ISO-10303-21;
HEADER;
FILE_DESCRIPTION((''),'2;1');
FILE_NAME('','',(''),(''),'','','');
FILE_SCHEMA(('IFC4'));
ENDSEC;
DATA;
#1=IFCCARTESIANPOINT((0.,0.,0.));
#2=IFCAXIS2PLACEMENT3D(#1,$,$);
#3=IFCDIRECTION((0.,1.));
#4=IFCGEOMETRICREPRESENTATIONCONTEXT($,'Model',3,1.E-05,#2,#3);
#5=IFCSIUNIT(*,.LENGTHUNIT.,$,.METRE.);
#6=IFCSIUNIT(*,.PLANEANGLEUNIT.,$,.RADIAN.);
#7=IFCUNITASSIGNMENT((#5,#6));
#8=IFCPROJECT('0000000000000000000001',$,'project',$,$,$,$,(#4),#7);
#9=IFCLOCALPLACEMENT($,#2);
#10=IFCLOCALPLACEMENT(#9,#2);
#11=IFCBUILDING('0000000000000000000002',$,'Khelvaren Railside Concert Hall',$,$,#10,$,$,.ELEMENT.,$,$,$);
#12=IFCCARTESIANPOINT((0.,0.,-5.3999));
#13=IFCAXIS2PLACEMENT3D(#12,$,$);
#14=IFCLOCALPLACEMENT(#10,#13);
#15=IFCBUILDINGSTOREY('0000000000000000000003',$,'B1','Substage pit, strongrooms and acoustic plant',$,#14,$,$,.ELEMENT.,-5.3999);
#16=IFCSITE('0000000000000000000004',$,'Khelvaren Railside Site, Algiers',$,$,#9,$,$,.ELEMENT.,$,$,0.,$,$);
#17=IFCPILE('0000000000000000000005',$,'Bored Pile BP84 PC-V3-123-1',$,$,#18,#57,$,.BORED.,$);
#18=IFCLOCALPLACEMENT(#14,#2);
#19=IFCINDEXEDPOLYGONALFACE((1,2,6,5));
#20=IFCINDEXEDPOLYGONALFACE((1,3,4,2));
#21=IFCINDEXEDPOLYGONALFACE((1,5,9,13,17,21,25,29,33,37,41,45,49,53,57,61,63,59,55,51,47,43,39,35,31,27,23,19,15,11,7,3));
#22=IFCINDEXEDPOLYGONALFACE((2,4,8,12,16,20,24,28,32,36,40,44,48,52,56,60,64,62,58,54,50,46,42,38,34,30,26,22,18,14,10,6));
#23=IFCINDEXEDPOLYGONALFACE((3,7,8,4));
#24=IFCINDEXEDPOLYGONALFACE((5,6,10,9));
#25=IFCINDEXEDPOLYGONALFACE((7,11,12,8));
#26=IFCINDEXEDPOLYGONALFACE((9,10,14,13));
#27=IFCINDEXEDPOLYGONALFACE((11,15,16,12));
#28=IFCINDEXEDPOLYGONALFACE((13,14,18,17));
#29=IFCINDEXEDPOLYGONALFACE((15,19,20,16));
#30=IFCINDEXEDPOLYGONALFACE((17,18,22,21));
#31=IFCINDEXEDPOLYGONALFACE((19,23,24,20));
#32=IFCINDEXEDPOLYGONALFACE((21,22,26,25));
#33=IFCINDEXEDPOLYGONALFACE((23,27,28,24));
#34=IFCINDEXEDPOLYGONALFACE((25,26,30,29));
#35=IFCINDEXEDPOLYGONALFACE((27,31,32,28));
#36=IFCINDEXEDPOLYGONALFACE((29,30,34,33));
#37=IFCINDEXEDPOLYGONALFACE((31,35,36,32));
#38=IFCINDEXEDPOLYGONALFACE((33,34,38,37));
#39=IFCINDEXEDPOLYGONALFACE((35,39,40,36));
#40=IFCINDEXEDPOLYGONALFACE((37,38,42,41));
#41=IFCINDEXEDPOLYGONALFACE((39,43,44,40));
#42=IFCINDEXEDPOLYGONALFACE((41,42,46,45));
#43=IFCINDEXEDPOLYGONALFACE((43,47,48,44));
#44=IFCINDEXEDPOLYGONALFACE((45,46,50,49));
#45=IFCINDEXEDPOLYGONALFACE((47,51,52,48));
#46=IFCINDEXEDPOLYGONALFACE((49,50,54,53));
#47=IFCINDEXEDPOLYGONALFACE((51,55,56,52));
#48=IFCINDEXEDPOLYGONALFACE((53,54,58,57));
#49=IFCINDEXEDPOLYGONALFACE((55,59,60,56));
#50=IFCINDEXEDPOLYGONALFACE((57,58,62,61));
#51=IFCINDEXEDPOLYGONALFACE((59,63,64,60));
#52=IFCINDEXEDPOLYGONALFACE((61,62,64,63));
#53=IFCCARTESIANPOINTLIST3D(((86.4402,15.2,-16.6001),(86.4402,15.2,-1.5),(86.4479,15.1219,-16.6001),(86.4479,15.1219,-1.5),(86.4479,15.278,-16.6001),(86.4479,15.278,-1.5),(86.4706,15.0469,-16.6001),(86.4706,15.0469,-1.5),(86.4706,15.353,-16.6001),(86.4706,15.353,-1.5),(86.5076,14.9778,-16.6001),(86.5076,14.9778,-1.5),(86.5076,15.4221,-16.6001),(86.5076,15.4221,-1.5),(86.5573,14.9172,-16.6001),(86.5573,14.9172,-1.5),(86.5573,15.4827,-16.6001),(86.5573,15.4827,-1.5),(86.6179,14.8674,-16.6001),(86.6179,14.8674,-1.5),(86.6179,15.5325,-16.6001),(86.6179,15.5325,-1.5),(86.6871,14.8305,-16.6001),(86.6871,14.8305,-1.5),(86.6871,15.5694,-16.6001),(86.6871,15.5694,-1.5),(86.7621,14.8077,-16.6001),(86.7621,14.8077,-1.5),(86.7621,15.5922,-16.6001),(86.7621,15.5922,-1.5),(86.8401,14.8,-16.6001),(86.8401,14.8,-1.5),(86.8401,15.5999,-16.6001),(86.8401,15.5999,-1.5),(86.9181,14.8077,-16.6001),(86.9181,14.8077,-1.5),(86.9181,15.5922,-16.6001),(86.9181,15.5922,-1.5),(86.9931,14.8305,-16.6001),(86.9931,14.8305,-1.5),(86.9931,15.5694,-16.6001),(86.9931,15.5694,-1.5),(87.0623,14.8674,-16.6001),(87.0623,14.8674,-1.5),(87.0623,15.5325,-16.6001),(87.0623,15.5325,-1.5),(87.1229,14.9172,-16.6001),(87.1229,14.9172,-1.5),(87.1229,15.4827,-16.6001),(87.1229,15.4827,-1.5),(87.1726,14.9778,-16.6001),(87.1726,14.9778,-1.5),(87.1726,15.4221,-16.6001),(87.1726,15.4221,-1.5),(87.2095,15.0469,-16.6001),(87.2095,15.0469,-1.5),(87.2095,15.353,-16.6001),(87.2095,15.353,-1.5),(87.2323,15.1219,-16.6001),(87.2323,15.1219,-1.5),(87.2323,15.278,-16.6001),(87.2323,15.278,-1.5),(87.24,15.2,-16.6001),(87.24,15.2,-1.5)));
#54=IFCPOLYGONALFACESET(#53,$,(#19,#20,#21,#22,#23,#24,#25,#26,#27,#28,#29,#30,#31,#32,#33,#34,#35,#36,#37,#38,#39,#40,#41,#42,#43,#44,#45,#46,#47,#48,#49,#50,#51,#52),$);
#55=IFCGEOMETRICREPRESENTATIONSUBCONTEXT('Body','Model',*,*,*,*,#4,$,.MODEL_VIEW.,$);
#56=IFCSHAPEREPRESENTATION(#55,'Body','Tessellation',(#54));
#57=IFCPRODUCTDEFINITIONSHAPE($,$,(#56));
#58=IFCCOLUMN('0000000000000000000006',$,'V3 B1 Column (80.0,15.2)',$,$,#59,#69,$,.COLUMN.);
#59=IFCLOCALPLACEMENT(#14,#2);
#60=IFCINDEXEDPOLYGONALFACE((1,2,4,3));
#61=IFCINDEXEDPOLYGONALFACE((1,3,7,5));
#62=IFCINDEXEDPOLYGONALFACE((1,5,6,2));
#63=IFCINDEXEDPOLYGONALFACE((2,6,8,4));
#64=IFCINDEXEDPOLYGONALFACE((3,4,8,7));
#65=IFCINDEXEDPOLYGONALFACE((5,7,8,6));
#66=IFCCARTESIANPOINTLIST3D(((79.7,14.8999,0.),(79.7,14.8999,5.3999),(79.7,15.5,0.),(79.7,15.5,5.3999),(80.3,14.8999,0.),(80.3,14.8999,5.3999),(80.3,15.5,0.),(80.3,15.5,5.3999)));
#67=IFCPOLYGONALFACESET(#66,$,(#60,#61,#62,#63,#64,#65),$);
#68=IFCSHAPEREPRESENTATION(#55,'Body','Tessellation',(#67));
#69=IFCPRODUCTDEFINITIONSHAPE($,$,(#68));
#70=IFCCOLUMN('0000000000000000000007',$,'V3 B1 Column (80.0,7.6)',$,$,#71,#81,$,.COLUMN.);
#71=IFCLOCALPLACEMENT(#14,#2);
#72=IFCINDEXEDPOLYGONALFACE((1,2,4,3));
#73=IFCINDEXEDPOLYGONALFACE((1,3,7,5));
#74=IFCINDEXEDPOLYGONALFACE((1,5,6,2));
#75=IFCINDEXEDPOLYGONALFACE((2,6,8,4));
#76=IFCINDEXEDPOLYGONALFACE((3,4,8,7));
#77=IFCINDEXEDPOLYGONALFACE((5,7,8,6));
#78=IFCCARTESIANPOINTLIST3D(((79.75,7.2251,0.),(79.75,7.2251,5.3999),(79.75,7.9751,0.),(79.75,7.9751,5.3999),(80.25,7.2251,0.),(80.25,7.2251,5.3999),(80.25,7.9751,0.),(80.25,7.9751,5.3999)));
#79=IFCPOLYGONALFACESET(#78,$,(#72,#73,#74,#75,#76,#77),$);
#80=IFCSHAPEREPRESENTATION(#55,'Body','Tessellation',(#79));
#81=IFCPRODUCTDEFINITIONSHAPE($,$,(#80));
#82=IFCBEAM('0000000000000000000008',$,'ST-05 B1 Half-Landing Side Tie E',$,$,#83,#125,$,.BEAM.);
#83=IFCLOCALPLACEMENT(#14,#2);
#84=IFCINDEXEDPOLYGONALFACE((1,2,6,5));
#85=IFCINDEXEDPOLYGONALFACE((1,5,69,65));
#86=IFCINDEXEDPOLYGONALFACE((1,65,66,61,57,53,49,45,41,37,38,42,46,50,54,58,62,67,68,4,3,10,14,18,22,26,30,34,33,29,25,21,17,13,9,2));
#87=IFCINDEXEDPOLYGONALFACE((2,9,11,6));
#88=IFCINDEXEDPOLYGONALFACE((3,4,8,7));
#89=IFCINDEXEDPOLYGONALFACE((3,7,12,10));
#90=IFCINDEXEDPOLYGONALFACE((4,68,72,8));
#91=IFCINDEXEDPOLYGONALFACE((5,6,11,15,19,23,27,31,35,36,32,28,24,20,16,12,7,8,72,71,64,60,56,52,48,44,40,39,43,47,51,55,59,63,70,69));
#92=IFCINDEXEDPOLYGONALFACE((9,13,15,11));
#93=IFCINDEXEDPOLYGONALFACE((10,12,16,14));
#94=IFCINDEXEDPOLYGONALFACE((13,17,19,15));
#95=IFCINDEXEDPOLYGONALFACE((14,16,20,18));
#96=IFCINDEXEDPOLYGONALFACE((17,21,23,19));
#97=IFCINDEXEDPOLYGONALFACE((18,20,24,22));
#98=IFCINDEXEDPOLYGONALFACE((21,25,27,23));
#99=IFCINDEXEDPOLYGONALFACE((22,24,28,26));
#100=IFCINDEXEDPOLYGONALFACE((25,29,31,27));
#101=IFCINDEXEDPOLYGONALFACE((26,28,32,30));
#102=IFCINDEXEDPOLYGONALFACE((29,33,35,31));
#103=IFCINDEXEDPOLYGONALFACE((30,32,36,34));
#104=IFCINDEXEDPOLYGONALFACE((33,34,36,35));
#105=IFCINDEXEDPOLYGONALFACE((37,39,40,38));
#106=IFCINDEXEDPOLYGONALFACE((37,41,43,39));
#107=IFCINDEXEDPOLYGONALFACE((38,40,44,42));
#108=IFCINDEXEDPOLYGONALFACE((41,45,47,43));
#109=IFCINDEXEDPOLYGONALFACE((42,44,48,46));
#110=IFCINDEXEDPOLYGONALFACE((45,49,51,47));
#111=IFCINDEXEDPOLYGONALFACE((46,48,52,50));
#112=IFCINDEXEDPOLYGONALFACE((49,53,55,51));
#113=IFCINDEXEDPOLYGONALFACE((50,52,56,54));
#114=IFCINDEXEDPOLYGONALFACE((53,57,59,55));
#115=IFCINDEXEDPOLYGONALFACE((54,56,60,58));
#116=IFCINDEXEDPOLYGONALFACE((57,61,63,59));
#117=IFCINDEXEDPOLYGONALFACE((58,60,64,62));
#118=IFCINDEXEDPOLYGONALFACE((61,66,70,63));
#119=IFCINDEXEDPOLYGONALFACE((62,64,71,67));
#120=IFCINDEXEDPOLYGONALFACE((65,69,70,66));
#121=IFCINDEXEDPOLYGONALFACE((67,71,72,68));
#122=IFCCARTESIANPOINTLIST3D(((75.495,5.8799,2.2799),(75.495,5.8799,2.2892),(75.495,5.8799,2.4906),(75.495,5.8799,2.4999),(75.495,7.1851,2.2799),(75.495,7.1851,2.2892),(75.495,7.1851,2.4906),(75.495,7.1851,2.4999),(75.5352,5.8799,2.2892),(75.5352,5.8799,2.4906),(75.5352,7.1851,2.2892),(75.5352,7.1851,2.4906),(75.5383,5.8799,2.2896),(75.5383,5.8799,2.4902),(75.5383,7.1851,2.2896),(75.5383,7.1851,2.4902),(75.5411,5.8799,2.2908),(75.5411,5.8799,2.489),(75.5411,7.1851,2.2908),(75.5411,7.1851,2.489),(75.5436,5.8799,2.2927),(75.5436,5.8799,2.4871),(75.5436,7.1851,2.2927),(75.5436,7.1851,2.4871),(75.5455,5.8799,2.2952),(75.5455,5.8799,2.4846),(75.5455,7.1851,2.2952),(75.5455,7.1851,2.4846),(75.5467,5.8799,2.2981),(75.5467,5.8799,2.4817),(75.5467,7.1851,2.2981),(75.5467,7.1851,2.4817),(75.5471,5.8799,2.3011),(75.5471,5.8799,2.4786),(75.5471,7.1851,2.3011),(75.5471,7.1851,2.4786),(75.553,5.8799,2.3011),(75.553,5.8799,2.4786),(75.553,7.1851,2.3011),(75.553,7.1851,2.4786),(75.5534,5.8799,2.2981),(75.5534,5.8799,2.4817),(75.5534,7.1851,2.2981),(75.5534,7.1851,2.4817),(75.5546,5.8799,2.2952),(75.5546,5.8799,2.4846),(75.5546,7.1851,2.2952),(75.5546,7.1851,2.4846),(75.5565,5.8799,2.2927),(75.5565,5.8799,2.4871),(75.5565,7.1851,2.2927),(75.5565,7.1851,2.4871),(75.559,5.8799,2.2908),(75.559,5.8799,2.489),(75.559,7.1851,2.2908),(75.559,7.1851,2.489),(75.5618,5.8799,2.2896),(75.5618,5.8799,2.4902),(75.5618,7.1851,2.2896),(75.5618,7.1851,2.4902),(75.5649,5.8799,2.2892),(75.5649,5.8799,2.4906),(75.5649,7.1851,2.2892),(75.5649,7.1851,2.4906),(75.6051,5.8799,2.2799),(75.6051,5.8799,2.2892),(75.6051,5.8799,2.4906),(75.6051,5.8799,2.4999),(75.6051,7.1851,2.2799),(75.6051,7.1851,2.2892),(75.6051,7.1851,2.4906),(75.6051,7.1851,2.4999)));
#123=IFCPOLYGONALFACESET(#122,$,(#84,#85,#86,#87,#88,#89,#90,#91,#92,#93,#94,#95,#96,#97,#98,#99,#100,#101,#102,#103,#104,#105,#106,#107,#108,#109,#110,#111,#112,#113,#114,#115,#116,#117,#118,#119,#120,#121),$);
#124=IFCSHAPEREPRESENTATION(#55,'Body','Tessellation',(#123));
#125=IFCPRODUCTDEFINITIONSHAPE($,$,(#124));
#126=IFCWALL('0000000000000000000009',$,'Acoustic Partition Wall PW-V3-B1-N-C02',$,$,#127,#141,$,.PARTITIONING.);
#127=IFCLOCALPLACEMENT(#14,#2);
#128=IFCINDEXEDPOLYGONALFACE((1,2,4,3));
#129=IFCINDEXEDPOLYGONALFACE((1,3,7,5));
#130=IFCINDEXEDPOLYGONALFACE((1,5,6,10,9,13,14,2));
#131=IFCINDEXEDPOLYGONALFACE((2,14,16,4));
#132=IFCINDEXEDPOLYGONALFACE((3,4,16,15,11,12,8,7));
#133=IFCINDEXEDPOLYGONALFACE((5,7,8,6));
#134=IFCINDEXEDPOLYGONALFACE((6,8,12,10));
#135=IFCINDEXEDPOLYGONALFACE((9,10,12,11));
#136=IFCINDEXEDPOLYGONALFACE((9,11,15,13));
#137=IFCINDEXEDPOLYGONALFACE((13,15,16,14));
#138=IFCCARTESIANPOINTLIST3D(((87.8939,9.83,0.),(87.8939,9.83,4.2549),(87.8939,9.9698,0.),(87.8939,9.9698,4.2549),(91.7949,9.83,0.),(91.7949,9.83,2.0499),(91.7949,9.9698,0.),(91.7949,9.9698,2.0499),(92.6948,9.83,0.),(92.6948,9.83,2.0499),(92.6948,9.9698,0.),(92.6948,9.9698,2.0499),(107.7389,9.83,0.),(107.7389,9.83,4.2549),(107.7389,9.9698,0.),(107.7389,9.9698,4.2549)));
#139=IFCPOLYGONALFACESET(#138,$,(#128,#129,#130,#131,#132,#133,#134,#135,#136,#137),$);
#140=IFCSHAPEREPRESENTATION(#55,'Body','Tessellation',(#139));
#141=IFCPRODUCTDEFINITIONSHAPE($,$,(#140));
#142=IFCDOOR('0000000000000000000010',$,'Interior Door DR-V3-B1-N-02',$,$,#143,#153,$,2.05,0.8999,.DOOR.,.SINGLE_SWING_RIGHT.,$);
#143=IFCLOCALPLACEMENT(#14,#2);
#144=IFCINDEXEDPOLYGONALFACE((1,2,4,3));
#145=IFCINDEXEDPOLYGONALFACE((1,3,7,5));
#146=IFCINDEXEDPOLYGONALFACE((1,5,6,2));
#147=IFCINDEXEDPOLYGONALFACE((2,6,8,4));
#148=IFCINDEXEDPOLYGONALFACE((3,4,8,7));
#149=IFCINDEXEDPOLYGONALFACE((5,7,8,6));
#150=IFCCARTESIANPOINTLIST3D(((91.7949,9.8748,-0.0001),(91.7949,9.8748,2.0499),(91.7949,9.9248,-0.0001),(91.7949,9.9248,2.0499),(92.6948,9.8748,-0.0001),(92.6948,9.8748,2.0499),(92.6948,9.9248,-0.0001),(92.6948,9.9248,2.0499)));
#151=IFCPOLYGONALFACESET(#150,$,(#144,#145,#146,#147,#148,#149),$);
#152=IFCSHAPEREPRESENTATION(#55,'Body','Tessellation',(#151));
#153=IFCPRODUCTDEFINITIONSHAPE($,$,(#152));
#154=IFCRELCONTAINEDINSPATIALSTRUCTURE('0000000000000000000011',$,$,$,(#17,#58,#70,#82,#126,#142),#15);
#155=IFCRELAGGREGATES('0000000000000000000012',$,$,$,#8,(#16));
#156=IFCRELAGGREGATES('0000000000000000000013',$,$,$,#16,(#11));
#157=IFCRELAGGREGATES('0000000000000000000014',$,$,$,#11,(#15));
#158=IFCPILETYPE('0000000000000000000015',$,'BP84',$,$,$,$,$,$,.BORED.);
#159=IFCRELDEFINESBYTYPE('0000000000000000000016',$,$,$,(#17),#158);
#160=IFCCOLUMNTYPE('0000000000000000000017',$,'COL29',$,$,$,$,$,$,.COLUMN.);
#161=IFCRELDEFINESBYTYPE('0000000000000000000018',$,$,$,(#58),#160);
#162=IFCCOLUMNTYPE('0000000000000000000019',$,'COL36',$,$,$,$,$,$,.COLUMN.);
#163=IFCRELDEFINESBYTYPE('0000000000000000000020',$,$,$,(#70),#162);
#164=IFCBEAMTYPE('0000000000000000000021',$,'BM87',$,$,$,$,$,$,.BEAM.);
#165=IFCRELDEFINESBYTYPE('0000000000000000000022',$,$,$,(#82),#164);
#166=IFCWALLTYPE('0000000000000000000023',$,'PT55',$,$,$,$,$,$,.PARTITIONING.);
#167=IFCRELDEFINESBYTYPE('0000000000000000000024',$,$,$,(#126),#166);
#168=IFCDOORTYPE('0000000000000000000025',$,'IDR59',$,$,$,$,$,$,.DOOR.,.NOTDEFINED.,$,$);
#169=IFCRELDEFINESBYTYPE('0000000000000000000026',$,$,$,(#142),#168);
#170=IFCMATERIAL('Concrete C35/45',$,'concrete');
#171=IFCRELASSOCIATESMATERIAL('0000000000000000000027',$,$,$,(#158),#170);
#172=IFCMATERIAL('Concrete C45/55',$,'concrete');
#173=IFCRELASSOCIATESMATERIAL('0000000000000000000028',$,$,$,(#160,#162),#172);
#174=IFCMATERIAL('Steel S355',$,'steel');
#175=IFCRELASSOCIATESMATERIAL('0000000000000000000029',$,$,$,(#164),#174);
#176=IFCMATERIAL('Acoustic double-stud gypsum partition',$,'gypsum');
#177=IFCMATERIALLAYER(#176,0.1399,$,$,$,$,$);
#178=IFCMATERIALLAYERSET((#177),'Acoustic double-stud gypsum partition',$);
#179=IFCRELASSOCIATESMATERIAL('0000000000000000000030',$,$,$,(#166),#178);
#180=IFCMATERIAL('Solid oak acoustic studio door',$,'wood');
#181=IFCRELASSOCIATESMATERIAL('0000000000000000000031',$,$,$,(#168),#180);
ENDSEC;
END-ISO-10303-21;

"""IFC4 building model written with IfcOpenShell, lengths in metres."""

from ifc_helpers import new_model, si_unit, direction, frame, frame_2d, origin, origin_2d, place, context, subcontext, project, spatial, rectangle, circle, i_section, extrude, material, layer, layer_set, material_profile, profile_set, type_object, element, fill, save


model = new_model("IFC4")

# Units and contexts
model_context = context("Model", 3, precision=1e-05, world=origin(), true_north=direction((0.0, 1.0)))
body_context = subcontext(model_context, "Body", "Model", "MODEL_VIEW")
ifc_project = project(units=[si_unit("LENGTHUNIT", "METRE"), si_unit("PLANEANGLEUNIT", "RADIAN")], contexts=[model_context])

# Site, building, storey
site_placement = place(None, origin())
site = spatial("IfcSite", under=ifc_project, at=site_placement, Name="Khelvaren Railside Site, Algiers", CompositionType="ELEMENT", RefElevation=0.0)
building_placement = place(site_placement, origin())
building = spatial("IfcBuilding", under=site, at=building_placement, Name="Khelvaren Railside Concert Hall", CompositionType="ELEMENT")
storey_placement = place(building_placement, frame((0.0, 0.0, -5.3999)))
storey = spatial("IfcBuildingStorey", under=building, at=storey_placement, Name="B1", Description="Substage pit, strongrooms and acoustic plant", CompositionType="ELEMENT", Elevation=-5.3999)

# Pile
ifc_material_1 = material(Name="Concrete C35/45", Category="concrete")
ifc_material_profile_1 = material_profile(ifc_material_1, circle(Radius=0.3999, at=origin_2d()), Name="BP D800")
ifc_profile_set_1 = profile_set([ifc_material_profile_1], Name="Concrete C35/45")
pile_type_1 = type_object("IfcPileType", Name="BP84", PredefinedType="BORED", material=ifc_profile_set_1)
pile_1_placement = place(storey_placement, frame((86.8401, 15.2, -1.5), z_axis=(0.0, 0.0, -1.0), x_axis=(1.0, 0.0, 0.0)))
element("IfcPile", 1, at=pile_1_placement, inside=storey, type_object=pile_type_1, Name="Bored Pile BP84 PC-V3-123-1", PredefinedType="BORED", context=body_context, shape_type="SweptSolid", body=[
    extrude(circle(Radius=0.3999, at=origin_2d()), origin(), (0.0, 0.0, 1.0), 15.1001),
])

# Columns
ifc_material_2 = material(Name="Concrete C45/55", Category="concrete")
ifc_material_profile_2 = material_profile(ifc_material_2, rectangle(XDim=0.6001, YDim=0.6001, at=origin_2d()), Name="RC 600x600")
ifc_profile_set_2 = profile_set([ifc_material_profile_2], Name="Concrete C45/55")
column_type_1 = type_object("IfcColumnType", Name="COL29", PredefinedType="COLUMN", material=ifc_profile_set_2)
column_1_placement = place(storey_placement, frame((80.0, 15.2, 0.0), z_axis=(0.0, 0.0, 1.0), x_axis=(1.0, 0.0, 0.0)))
element("IfcColumn", 2, at=column_1_placement, inside=storey, type_object=column_type_1, Name="V3 B1 Column (80.0,15.2)", PredefinedType="COLUMN", context=body_context, shape_type="SweptSolid", body=[
    extrude(rectangle(XDim=0.6001, YDim=0.6001, at=origin_2d()), origin(), (0.0, 0.0, 1.0), 5.3999),
])
ifc_material_profile_3 = material_profile(ifc_material_2, rectangle(XDim=0.5, YDim=0.75, at=origin_2d()), Name="RC 500x750")
ifc_profile_set_3 = profile_set([ifc_material_profile_3], Name="Concrete C45/55")
column_type_2 = type_object("IfcColumnType", Name="COL36", PredefinedType="COLUMN", material=ifc_profile_set_3)
column_2_placement = place(storey_placement, frame((80.0, 7.6001, 0.0), z_axis=(0.0, 0.0, 1.0), x_axis=(1.0, 0.0, 0.0)))
element("IfcColumn", 3, at=column_2_placement, inside=storey, type_object=column_type_2, Name="V3 B1 Column (80.0,7.6)", PredefinedType="COLUMN", context=body_context, shape_type="SweptSolid", body=[
    extrude(rectangle(XDim=0.5, YDim=0.75, at=origin_2d()), origin(), (0.0, 0.0, 1.0), 5.3999),
])

# Beam
ifc_material_3 = material(Name="Steel S355", Category="steel")
ifc_material_profile_4 = material_profile(ifc_material_3, i_section(OverallWidth=0.1101, OverallDepth=0.22, WebThickness=0.0059, FlangeThickness=0.0093, FilletRadius=0.012, at=origin_2d()), Name="IPE 220")
ifc_profile_set_4 = profile_set([ifc_material_profile_4], Name="Steel S355")
beam_type = type_object("IfcBeamType", Name="BM87", PredefinedType="BEAM", material=ifc_profile_set_4)
beam_placement = place(storey_placement, frame((75.55, 5.8799, 2.3899), z_axis=(0.0, 1.0, 0.0), x_axis=(-1.0, 0.0, 0.0)))
element("IfcBeam", 4, at=beam_placement, inside=storey, type_object=beam_type, Name="ST-05 B1 Half-Landing Side Tie E", PredefinedType="BEAM", context=body_context, shape_type="SweptSolid", body=[
    extrude(i_section(OverallWidth=0.1101, OverallDepth=0.22, WebThickness=0.0059, FlangeThickness=0.0093, FilletRadius=0.012, at=origin_2d()), origin(), (0.0, 0.0, 1.0), 1.3052),
])

# Wall, opening, door
ifc_material_4 = material(Name="Acoustic double-stud gypsum partition", Category="gypsum")
ifc_layer_1 = layer(ifc_material_4, 0.1399)
ifc_layer_set_1 = layer_set([ifc_layer_1], Name="Acoustic double-stud gypsum partition")
wall_type_1 = type_object("IfcWallType", Name="PT55", PredefinedType="PARTITIONING", material=ifc_layer_set_1)
wall_1_placement = place(storey_placement, frame((87.894, 9.8999, 0.0), z_axis=(0.0, 0.0, 1.0), x_axis=(1.0, 0.0, 0.0)))
wall_1 = element("IfcWall", 5, at=wall_1_placement, inside=storey, type_object=wall_type_1, Name="Acoustic Partition Wall PW-V3-B1-N-C02", PredefinedType="PARTITIONING", context=body_context, shape_type="SweptSolid", body=[
    extrude(rectangle(XDim=19.845, YDim=0.1399, at=frame_2d((9.9224, 0.0))), origin(), (0.0, 0.0, 1.0), 4.2549),
])
opening_1_placement = place(wall_1_placement, frame((3.9009, 0.0, 0.0)))
opening_1 = element("IfcOpeningElement", 6, at=opening_1_placement, cuts=wall_1, PredefinedType="OPENING", context=body_context, shape_type="SweptSolid", body=[
    extrude(rectangle(XDim=0.8999, YDim=2.05, at=frame_2d((0.45, 1.0249))), frame((0.0, 0.0798, 0.0), z_axis=(0.0, -1.0, 0.0), x_axis=(1.0, 0.0, 0.0)), (0.0, 0.0, 1.0), 0.1599),
])
ifc_material_5 = material(Name="Solid oak acoustic studio door", Category="wood")
door_type_1 = type_object("IfcDoorType", Name="IDR59", OperationType="NOTDEFINED", PredefinedType="DOOR", material=ifc_material_5)
door_1_placement = place(opening_1_placement, origin())
door_1 = element("IfcDoor", 7, at=door_1_placement, inside=storey, type_object=door_type_1, Name="Interior Door DR-V3-B1-N-02", OperationType="SINGLE_SWING_RIGHT", OverallHeight=2.05, OverallWidth=0.8999, PredefinedType="DOOR", context=body_context, shape_type="SweptSolid", body=[
    extrude(rectangle(XDim=0.8999, YDim=2.05, at=frame_2d((0.45, 1.0249))), frame((0.0, 0.0249, 0.0), z_axis=(0.0, -1.0, 0.0), x_axis=(1.0, 0.0, 0.0)), (0.0, 0.0, 1.0), 0.05),
])
fill(opening_1, door_1)

save(model, "model.ifc")
